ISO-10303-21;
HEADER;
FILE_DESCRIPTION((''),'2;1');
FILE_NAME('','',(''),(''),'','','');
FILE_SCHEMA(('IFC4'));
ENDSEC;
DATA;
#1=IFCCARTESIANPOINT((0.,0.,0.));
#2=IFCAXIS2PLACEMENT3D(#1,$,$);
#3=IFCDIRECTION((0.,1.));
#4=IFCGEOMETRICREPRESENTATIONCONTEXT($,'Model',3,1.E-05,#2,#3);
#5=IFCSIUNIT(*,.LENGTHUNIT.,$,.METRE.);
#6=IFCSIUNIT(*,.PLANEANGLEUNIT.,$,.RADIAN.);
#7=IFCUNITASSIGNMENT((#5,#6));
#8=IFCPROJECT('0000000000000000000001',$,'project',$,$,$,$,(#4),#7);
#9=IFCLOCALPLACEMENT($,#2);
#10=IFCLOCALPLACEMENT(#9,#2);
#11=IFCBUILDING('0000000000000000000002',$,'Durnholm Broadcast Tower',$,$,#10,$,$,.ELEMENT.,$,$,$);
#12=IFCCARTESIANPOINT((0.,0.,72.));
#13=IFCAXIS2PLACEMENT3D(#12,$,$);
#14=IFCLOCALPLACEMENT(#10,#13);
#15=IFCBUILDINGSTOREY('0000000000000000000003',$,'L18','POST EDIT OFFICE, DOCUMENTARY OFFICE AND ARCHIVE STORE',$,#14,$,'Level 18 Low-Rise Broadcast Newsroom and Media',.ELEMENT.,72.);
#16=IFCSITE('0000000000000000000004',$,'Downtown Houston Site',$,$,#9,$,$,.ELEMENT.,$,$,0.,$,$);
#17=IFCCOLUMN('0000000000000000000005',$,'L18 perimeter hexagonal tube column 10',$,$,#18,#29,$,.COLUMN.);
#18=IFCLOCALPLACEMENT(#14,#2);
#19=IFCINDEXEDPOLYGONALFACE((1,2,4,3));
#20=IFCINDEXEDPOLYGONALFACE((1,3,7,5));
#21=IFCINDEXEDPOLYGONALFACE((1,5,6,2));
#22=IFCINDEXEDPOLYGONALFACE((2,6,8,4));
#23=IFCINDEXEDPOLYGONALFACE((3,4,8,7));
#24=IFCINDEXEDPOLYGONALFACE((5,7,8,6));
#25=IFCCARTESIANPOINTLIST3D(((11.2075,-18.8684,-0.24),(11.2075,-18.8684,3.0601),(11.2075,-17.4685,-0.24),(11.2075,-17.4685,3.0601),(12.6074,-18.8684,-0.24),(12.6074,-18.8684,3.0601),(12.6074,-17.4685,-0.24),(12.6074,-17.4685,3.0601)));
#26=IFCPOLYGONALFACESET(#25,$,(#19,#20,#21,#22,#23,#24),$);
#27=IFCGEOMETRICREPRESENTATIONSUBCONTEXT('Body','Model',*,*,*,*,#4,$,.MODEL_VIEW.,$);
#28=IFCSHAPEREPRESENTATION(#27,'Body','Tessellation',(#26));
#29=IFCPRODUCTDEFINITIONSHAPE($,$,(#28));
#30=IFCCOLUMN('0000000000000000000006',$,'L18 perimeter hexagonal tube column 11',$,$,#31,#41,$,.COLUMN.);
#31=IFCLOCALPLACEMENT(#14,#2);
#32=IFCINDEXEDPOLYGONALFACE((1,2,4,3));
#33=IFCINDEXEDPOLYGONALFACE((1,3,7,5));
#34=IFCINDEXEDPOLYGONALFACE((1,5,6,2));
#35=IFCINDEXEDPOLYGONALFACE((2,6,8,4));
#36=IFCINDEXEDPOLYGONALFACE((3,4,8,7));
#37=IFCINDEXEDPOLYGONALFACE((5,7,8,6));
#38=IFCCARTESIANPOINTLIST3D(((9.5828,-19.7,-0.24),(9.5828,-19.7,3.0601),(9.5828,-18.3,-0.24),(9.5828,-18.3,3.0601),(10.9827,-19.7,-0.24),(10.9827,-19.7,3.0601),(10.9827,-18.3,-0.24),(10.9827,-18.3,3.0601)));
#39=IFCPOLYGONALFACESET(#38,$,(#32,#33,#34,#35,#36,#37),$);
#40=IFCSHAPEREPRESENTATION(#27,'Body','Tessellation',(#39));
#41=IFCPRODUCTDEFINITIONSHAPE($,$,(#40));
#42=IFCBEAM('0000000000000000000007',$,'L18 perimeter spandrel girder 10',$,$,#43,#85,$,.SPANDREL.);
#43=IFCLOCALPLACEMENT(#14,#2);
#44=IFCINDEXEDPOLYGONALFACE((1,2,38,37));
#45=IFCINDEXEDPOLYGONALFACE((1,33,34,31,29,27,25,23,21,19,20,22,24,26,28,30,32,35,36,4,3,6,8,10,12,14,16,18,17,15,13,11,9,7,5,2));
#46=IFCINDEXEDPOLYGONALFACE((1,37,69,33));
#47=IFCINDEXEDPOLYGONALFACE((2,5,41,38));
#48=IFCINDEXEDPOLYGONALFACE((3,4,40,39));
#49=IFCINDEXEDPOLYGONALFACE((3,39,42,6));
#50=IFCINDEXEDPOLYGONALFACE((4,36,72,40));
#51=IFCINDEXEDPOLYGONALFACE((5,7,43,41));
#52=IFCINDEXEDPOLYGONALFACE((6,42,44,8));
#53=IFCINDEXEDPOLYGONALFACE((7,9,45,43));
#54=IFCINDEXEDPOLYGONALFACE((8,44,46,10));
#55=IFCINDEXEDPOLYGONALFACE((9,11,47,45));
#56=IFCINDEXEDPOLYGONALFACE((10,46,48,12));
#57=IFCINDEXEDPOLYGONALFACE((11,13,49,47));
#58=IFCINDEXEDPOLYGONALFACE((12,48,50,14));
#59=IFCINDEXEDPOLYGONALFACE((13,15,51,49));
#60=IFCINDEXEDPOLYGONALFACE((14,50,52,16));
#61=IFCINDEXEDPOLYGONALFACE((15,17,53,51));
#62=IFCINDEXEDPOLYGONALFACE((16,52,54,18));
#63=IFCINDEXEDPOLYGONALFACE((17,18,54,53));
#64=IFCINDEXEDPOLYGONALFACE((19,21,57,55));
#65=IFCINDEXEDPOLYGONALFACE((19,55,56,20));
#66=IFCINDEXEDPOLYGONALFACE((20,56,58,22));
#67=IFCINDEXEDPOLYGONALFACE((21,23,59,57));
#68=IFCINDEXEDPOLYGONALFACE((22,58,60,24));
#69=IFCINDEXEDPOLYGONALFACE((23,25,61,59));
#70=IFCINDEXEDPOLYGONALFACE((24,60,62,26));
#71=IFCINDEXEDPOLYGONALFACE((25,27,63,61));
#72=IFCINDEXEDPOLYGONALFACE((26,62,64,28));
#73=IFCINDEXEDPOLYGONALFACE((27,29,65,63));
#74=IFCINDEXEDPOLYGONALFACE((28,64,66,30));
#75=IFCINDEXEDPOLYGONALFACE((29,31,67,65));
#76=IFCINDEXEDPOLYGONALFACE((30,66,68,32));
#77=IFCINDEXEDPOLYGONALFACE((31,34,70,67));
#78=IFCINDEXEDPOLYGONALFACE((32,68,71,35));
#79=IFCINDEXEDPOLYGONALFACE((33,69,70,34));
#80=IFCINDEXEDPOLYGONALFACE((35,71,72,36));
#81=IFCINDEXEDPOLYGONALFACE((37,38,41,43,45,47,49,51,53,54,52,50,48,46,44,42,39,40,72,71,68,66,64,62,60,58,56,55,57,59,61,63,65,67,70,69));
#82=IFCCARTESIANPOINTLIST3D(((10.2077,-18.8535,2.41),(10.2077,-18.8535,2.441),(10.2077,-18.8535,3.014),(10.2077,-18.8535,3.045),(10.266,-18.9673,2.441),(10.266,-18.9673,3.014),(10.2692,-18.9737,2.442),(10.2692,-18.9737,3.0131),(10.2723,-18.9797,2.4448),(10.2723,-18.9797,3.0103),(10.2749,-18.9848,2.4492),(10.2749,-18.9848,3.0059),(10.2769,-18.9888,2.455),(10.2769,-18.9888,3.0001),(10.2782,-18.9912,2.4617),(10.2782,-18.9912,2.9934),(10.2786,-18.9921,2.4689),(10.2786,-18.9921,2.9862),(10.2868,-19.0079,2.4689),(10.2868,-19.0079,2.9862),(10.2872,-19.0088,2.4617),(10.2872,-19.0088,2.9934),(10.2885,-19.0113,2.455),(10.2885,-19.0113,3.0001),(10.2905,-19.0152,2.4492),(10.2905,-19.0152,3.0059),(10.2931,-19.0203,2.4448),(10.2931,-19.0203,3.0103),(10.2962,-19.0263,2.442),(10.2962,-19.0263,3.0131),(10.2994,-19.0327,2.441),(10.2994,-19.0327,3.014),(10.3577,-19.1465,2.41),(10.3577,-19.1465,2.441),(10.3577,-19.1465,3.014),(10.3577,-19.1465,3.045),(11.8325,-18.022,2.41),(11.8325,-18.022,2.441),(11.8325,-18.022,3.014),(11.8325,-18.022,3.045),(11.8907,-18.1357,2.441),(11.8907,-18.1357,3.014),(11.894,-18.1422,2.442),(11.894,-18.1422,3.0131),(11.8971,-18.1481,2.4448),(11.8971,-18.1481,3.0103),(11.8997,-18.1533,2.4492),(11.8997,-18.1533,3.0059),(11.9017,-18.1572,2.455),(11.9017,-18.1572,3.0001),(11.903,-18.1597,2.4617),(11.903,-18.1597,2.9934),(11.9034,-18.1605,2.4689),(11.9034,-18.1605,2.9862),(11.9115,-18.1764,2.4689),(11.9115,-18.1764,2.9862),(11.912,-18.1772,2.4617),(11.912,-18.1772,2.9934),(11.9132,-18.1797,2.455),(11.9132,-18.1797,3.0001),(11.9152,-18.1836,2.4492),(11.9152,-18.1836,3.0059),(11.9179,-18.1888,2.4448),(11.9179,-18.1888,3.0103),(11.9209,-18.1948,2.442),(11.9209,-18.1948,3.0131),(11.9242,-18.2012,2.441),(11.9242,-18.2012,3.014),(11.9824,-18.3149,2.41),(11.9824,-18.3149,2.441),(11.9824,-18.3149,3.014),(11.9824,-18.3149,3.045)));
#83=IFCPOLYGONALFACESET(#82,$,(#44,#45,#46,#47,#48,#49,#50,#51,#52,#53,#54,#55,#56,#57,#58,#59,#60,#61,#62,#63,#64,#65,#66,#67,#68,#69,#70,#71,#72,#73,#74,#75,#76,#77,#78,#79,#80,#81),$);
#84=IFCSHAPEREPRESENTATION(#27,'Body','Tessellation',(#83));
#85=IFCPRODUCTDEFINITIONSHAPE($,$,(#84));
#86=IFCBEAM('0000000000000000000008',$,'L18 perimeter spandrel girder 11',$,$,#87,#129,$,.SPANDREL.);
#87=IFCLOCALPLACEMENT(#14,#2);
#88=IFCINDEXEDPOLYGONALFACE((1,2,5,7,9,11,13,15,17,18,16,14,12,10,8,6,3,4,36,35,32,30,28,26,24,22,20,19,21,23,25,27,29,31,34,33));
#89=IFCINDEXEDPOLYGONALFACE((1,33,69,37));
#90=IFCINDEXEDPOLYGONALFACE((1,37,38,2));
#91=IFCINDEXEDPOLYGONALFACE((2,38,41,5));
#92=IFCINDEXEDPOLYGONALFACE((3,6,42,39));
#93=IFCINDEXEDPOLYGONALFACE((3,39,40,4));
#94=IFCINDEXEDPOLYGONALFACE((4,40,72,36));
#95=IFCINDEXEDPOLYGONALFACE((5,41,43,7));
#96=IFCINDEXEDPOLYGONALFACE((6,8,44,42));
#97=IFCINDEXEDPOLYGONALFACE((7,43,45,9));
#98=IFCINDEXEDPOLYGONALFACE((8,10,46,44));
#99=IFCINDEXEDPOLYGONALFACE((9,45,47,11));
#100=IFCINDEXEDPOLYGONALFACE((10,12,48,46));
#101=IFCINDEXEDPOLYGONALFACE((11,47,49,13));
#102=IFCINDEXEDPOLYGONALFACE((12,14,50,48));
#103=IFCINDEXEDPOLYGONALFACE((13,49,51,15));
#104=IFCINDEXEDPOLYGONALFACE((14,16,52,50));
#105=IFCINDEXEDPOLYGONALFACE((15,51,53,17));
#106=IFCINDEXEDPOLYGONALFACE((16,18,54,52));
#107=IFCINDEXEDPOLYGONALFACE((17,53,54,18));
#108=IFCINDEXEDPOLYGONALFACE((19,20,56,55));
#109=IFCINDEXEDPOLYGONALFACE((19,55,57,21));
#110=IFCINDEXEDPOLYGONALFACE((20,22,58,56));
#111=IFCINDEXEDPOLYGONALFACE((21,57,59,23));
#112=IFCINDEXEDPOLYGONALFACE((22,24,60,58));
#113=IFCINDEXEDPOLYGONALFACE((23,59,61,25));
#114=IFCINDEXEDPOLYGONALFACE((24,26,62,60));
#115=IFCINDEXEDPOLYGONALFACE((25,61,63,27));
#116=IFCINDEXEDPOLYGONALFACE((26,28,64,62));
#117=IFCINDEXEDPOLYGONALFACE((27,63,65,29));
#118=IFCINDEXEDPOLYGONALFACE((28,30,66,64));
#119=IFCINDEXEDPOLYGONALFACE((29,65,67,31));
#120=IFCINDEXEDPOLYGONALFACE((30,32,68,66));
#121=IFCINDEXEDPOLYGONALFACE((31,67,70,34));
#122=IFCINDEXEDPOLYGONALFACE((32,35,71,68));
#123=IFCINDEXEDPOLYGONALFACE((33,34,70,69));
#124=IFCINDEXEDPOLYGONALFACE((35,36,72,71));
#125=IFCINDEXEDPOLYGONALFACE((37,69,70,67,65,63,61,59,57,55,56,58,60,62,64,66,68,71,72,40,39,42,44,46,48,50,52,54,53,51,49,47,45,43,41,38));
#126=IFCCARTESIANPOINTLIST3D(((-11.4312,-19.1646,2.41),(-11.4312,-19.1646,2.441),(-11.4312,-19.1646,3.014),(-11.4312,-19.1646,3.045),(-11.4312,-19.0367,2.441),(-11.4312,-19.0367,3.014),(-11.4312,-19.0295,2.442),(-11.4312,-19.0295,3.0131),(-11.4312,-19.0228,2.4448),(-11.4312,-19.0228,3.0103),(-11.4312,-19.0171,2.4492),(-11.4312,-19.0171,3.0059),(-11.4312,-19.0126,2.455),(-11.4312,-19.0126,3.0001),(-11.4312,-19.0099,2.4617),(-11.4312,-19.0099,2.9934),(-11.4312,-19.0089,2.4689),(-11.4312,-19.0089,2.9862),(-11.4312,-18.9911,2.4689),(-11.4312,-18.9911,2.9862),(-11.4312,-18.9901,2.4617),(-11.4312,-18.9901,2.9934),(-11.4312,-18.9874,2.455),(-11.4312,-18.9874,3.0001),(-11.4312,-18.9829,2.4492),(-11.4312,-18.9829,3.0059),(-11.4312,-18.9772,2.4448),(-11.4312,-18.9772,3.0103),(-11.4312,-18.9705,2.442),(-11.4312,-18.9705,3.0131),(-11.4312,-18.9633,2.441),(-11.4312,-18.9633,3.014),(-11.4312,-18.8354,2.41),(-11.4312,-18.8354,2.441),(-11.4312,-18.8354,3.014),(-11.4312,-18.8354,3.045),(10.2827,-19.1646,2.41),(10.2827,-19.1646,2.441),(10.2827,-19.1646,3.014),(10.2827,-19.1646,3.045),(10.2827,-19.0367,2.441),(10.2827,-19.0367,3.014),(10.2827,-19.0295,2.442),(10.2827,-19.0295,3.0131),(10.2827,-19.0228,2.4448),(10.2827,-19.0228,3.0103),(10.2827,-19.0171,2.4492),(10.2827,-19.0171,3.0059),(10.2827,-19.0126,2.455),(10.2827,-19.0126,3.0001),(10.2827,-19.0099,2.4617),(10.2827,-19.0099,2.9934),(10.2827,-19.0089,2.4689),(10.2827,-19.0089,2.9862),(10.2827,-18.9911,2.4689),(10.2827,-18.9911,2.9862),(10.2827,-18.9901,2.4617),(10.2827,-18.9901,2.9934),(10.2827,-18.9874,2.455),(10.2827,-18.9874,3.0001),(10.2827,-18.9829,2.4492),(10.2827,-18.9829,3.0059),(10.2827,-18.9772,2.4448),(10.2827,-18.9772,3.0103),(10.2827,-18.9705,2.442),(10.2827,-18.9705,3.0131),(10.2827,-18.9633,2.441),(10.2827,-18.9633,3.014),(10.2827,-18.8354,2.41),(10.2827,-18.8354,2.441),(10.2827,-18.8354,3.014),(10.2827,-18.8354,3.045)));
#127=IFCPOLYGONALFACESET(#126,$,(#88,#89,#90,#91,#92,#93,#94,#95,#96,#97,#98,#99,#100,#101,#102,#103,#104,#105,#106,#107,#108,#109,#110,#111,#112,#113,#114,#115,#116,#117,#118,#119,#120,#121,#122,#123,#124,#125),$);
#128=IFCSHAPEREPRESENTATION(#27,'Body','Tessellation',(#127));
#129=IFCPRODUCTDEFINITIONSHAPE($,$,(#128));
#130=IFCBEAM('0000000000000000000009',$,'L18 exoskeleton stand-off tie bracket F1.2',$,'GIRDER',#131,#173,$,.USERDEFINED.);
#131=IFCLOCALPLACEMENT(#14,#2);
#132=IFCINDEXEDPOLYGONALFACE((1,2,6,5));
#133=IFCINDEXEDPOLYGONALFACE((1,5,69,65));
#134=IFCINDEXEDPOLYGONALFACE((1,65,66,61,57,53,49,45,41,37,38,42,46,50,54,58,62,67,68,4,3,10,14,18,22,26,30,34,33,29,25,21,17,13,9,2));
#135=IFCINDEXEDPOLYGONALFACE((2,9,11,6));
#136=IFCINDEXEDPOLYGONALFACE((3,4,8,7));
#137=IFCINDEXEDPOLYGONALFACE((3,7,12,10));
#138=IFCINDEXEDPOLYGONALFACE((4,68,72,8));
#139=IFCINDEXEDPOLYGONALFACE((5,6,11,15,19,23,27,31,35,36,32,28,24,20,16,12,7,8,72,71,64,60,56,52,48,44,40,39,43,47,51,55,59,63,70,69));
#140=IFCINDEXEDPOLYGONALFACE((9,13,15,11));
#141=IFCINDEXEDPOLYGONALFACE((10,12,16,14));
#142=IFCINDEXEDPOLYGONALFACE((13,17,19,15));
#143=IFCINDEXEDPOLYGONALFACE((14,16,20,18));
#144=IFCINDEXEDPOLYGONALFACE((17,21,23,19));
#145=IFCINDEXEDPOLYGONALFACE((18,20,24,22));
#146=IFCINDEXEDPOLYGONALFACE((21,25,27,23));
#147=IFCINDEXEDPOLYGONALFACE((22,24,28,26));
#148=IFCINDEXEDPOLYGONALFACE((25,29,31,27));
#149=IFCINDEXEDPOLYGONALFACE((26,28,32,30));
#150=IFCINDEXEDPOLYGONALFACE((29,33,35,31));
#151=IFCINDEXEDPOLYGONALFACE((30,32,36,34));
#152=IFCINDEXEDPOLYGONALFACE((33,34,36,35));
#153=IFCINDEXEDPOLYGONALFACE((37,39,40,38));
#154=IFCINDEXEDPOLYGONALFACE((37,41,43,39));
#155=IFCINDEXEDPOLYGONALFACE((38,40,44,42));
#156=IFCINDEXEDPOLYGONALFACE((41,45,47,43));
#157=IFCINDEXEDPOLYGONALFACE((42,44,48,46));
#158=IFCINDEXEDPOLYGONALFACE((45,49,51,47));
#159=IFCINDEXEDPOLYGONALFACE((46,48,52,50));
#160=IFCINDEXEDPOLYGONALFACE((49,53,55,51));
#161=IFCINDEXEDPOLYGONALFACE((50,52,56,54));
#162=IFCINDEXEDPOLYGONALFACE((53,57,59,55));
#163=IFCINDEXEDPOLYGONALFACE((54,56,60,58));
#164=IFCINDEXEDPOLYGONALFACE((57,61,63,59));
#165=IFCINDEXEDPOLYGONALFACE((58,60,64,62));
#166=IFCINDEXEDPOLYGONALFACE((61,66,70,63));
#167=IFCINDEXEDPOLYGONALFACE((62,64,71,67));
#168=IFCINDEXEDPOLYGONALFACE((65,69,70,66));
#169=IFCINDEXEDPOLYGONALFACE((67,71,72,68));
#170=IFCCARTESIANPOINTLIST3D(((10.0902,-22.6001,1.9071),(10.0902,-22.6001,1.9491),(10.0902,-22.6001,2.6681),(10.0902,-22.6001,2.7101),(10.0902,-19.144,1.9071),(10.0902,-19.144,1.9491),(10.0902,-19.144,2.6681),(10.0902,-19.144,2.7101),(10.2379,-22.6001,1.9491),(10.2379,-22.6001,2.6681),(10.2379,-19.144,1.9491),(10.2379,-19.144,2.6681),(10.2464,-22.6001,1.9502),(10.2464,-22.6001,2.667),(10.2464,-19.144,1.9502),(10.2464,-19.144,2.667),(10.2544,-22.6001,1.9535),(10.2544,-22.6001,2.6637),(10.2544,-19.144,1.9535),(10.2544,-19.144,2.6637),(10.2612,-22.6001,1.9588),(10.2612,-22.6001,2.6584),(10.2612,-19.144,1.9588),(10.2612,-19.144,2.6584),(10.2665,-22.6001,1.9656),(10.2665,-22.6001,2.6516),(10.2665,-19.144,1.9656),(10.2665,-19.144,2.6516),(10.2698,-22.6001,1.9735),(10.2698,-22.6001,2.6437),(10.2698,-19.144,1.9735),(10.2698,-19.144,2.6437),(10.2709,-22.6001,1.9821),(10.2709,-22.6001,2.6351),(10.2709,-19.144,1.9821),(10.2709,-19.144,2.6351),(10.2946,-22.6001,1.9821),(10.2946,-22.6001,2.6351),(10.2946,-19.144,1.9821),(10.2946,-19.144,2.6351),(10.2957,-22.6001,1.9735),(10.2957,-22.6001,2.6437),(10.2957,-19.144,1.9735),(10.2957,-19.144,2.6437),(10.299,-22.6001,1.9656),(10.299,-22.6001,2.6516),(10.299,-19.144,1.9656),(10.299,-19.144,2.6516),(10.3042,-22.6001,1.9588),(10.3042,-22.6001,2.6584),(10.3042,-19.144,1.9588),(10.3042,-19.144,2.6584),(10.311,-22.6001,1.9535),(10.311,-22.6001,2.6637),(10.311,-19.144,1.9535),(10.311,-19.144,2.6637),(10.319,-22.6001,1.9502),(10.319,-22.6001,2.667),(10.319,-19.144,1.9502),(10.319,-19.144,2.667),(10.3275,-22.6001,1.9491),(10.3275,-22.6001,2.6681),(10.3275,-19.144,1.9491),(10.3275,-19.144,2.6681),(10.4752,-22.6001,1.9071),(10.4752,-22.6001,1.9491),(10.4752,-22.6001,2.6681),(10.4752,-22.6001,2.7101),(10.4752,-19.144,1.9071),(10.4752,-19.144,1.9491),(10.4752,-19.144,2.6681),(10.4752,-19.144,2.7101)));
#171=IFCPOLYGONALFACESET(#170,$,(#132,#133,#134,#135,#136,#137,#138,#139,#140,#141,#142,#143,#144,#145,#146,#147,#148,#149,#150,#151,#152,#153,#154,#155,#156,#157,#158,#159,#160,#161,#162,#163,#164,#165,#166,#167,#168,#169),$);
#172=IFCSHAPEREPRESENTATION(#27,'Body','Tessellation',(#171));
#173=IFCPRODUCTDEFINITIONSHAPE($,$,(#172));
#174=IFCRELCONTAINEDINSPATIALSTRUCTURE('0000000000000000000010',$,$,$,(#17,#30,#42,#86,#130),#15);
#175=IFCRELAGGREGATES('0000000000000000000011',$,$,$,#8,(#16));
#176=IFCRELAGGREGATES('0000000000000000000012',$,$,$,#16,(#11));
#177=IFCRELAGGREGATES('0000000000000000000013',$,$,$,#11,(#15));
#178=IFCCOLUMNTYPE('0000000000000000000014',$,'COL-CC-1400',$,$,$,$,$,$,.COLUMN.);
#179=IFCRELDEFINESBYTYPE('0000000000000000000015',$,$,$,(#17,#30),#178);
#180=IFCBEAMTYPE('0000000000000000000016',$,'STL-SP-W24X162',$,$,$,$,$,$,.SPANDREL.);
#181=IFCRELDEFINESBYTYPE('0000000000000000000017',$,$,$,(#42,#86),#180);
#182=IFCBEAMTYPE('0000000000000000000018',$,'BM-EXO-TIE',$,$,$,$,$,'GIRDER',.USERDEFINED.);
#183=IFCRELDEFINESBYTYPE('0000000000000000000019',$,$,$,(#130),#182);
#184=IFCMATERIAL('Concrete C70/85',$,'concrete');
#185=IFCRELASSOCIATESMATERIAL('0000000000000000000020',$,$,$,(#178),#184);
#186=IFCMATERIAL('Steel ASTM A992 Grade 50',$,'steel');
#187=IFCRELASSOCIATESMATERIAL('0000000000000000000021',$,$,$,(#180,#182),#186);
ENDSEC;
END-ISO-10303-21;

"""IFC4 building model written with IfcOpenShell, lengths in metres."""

from ifc_helpers import new_model, si_unit, direction, frame, origin, origin_2d, place, context, subcontext, project, spatial, rectangle, i_section, extrude, source, transform, mapped, material, material_profile, profile_set, type_object, type_shapes, element, save


model = new_model("IFC4")

# Units and contexts
model_context = context("Model", 3, precision=1e-05, world=origin(), true_north=direction((0.0, 1.0)))
body_context = subcontext(model_context, "Body", "Model", "MODEL_VIEW")
ifc_project = project(units=[si_unit("LENGTHUNIT", "METRE"), si_unit("PLANEANGLEUNIT", "RADIAN")], contexts=[model_context])

# Site, building, storey
site_placement = place(None, origin())
site = spatial("IfcSite", under=ifc_project, at=site_placement, Name="Downtown Houston Site", CompositionType="ELEMENT", RefElevation=0.0)
building_placement = place(site_placement, origin())
building = spatial("IfcBuilding", under=site, at=building_placement, Name="Durnholm Broadcast Tower", CompositionType="ELEMENT")
storey_placement = place(building_placement, frame((0.0, 0.0, 72.0)))
storey = spatial("IfcBuildingStorey", under=building, at=storey_placement, Name="L18", Description="POST EDIT OFFICE, DOCUMENTARY OFFICE AND ARCHIVE STORE", LongName="Level 18 Low-Rise Broadcast Newsroom and Media", CompositionType="ELEMENT", Elevation=72.0)

# Columns
ifc_material_1 = material(Name="Concrete C70/85", Category="concrete")
ifc_material_profile_1 = material_profile(ifc_material_1, rectangle(XDim=1.3999, YDim=1.3999, at=origin_2d()), Name="RC1400X1400")
ifc_profile_set_1 = profile_set([ifc_material_profile_1], Name="Concrete C70/85")
column_type = type_object("IfcColumnType", Name="COL-CC-1400", PredefinedType="COLUMN", material=ifc_profile_set_1)
shared_shape_1 = source(origin(), body_context, "Body", "SweptSolid", [
    extrude(rectangle(XDim=1.3999, YDim=1.3999, at=origin_2d()), origin(), (0.0, 0.0, 1.0), 3.3),
])
type_shapes(column_type, [shared_shape_1])
for number, where, z_axis, x_axis, name in (
    (1, (11.9075, -18.1685, -0.24), (0.0, 0.0, 1.0), (1.0, 0.0, 0.0), "L18 perimeter hexagonal tube column 10"),
    (2, (10.2827, -19.0, -0.24), (0.0, 0.0, 1.0), (1.0, 0.0, 0.0), "L18 perimeter hexagonal tube column 11"),
):
    element("IfcColumn", number, at=place(storey_placement, frame(where, z_axis=z_axis, x_axis=x_axis)), inside=storey, type_object=column_type, Name=name, PredefinedType="COLUMN", context=body_context, shape_type="MappedRepresentation", body=[
        mapped(shared_shape_1, transform((0.0, 0.0, 0.0), x_axis=(1.0, 0.0, 0.0), y_axis=(0.0, 1.0, 0.0), z_axis=(0.0, 0.0, 1.0), scale=1.0)),
    ])

# Beams
ifc_material_2 = material(Name="Steel ASTM A992 Grade 50", Category="steel")
ifc_material_profile_2 = material_profile(ifc_material_2, i_section(OverallWidth=0.3291, OverallDepth=0.635, WebThickness=0.0178, FlangeThickness=0.031, FilletRadius=0.0278, at=origin_2d()), Name="W24X162")
ifc_profile_set_2 = profile_set([ifc_material_profile_2], Name="Steel ASTM A992 Grade 50")
beam_type_1 = type_object("IfcBeamType", Name="STL-SP-W24X162", PredefinedType="SPANDREL", material=ifc_profile_set_2)
shared_shape_2 = source(origin(), body_context, "Body", "SweptSolid", [
    extrude(i_section(OverallWidth=0.3291, OverallDepth=0.635, WebThickness=0.0178, FlangeThickness=0.031, FilletRadius=0.0278, at=origin_2d()), origin(), (0.0, 0.0, 1.0), 1.8252),
])
beam_1_placement = place(storey_placement, frame((11.9075, -18.1685, 2.7275), z_axis=(-0.890188, -0.455594, 0.0), x_axis=(0.455594, -0.890188, 0.0)))
element("IfcBeam", 3, at=beam_1_placement, inside=storey, type_object=beam_type_1, Name="L18 perimeter spandrel girder 10", PredefinedType="SPANDREL", context=body_context, shape_type="MappedRepresentation", body=[
    mapped(shared_shape_2, transform((0.0, 0.0, 0.0), x_axis=(1.0, 0.0, 0.0), y_axis=(0.0, 1.0, 0.0), z_axis=(0.0, 0.0, 1.0), scale=1.0)),
])
shared_shape_3 = source(origin(), body_context, "Body", "SweptSolid", [
    extrude(i_section(OverallWidth=0.3291, OverallDepth=0.635, WebThickness=0.0178, FlangeThickness=0.031, FilletRadius=0.0278, at=origin_2d()), origin(), (0.0, 0.0, 1.0), 21.7139),
])
type_shapes(beam_type_1, [shared_shape_2, shared_shape_3])
beam_2_placement = place(storey_placement, frame((10.2827, -19.0, 2.7275), z_axis=(-1.0, 0.0, 0.0), x_axis=(0.0, -1.0, 0.0)))
element("IfcBeam", 4, at=beam_2_placement, inside=storey, type_object=beam_type_1, Name="L18 perimeter spandrel girder 11", PredefinedType="SPANDREL", context=body_context, shape_type="MappedRepresentation", body=[
    mapped(shared_shape_3, transform((0.0, 0.0, 0.0), x_axis=(1.0, 0.0, 0.0), y_axis=(0.0, 1.0, 0.0), z_axis=(0.0, 0.0, 1.0), scale=1.0)),
])
ifc_material_profile_3 = material_profile(ifc_material_2, i_section(OverallWidth=0.385, OverallDepth=0.803, WebThickness=0.0237, FlangeThickness=0.042, FilletRadius=0.033, at=origin_2d()), Name="W30X261")
ifc_profile_set_3 = profile_set([ifc_material_profile_3], Name="Steel ASTM A992 Grade 50")
beam_type_2 = type_object("IfcBeamType", Name="BM-EXO-TIE", ElementType="GIRDER", PredefinedType="USERDEFINED", material=ifc_profile_set_3)
shared_shape_4 = source(origin(), body_context, "Body", "SweptSolid", [
    extrude(i_section(OverallWidth=0.385, OverallDepth=0.803, WebThickness=0.0237, FlangeThickness=0.042, FilletRadius=0.033, at=origin_2d()), origin(), (0.0, 0.0, 1.0), 3.4561),
])
type_shapes(beam_type_2, [shared_shape_4])
for number, where, z_axis, x_axis, name in (
    (5, (10.2827, -19.144, 2.3086), (0.0, -1.0, 0.0), (1.0, 0.0, 0.0), "L18 exoskeleton stand-off tie bracket F1.2"),
):
    element("IfcBeam", number, at=place(storey_placement, frame(where, z_axis=z_axis, x_axis=x_axis)), inside=storey, type_object=beam_type_2, Name=name, ObjectType="GIRDER", PredefinedType="USERDEFINED", context=body_context, shape_type="MappedRepresentation", body=[
        mapped(shared_shape_4, transform((0.0, 0.0, 0.0), x_axis=(1.0, 0.0, 0.0), y_axis=(0.0, 1.0, 0.0), z_axis=(0.0, 0.0, 1.0), scale=1.0)),
    ])

save(model, "model.ifc")
